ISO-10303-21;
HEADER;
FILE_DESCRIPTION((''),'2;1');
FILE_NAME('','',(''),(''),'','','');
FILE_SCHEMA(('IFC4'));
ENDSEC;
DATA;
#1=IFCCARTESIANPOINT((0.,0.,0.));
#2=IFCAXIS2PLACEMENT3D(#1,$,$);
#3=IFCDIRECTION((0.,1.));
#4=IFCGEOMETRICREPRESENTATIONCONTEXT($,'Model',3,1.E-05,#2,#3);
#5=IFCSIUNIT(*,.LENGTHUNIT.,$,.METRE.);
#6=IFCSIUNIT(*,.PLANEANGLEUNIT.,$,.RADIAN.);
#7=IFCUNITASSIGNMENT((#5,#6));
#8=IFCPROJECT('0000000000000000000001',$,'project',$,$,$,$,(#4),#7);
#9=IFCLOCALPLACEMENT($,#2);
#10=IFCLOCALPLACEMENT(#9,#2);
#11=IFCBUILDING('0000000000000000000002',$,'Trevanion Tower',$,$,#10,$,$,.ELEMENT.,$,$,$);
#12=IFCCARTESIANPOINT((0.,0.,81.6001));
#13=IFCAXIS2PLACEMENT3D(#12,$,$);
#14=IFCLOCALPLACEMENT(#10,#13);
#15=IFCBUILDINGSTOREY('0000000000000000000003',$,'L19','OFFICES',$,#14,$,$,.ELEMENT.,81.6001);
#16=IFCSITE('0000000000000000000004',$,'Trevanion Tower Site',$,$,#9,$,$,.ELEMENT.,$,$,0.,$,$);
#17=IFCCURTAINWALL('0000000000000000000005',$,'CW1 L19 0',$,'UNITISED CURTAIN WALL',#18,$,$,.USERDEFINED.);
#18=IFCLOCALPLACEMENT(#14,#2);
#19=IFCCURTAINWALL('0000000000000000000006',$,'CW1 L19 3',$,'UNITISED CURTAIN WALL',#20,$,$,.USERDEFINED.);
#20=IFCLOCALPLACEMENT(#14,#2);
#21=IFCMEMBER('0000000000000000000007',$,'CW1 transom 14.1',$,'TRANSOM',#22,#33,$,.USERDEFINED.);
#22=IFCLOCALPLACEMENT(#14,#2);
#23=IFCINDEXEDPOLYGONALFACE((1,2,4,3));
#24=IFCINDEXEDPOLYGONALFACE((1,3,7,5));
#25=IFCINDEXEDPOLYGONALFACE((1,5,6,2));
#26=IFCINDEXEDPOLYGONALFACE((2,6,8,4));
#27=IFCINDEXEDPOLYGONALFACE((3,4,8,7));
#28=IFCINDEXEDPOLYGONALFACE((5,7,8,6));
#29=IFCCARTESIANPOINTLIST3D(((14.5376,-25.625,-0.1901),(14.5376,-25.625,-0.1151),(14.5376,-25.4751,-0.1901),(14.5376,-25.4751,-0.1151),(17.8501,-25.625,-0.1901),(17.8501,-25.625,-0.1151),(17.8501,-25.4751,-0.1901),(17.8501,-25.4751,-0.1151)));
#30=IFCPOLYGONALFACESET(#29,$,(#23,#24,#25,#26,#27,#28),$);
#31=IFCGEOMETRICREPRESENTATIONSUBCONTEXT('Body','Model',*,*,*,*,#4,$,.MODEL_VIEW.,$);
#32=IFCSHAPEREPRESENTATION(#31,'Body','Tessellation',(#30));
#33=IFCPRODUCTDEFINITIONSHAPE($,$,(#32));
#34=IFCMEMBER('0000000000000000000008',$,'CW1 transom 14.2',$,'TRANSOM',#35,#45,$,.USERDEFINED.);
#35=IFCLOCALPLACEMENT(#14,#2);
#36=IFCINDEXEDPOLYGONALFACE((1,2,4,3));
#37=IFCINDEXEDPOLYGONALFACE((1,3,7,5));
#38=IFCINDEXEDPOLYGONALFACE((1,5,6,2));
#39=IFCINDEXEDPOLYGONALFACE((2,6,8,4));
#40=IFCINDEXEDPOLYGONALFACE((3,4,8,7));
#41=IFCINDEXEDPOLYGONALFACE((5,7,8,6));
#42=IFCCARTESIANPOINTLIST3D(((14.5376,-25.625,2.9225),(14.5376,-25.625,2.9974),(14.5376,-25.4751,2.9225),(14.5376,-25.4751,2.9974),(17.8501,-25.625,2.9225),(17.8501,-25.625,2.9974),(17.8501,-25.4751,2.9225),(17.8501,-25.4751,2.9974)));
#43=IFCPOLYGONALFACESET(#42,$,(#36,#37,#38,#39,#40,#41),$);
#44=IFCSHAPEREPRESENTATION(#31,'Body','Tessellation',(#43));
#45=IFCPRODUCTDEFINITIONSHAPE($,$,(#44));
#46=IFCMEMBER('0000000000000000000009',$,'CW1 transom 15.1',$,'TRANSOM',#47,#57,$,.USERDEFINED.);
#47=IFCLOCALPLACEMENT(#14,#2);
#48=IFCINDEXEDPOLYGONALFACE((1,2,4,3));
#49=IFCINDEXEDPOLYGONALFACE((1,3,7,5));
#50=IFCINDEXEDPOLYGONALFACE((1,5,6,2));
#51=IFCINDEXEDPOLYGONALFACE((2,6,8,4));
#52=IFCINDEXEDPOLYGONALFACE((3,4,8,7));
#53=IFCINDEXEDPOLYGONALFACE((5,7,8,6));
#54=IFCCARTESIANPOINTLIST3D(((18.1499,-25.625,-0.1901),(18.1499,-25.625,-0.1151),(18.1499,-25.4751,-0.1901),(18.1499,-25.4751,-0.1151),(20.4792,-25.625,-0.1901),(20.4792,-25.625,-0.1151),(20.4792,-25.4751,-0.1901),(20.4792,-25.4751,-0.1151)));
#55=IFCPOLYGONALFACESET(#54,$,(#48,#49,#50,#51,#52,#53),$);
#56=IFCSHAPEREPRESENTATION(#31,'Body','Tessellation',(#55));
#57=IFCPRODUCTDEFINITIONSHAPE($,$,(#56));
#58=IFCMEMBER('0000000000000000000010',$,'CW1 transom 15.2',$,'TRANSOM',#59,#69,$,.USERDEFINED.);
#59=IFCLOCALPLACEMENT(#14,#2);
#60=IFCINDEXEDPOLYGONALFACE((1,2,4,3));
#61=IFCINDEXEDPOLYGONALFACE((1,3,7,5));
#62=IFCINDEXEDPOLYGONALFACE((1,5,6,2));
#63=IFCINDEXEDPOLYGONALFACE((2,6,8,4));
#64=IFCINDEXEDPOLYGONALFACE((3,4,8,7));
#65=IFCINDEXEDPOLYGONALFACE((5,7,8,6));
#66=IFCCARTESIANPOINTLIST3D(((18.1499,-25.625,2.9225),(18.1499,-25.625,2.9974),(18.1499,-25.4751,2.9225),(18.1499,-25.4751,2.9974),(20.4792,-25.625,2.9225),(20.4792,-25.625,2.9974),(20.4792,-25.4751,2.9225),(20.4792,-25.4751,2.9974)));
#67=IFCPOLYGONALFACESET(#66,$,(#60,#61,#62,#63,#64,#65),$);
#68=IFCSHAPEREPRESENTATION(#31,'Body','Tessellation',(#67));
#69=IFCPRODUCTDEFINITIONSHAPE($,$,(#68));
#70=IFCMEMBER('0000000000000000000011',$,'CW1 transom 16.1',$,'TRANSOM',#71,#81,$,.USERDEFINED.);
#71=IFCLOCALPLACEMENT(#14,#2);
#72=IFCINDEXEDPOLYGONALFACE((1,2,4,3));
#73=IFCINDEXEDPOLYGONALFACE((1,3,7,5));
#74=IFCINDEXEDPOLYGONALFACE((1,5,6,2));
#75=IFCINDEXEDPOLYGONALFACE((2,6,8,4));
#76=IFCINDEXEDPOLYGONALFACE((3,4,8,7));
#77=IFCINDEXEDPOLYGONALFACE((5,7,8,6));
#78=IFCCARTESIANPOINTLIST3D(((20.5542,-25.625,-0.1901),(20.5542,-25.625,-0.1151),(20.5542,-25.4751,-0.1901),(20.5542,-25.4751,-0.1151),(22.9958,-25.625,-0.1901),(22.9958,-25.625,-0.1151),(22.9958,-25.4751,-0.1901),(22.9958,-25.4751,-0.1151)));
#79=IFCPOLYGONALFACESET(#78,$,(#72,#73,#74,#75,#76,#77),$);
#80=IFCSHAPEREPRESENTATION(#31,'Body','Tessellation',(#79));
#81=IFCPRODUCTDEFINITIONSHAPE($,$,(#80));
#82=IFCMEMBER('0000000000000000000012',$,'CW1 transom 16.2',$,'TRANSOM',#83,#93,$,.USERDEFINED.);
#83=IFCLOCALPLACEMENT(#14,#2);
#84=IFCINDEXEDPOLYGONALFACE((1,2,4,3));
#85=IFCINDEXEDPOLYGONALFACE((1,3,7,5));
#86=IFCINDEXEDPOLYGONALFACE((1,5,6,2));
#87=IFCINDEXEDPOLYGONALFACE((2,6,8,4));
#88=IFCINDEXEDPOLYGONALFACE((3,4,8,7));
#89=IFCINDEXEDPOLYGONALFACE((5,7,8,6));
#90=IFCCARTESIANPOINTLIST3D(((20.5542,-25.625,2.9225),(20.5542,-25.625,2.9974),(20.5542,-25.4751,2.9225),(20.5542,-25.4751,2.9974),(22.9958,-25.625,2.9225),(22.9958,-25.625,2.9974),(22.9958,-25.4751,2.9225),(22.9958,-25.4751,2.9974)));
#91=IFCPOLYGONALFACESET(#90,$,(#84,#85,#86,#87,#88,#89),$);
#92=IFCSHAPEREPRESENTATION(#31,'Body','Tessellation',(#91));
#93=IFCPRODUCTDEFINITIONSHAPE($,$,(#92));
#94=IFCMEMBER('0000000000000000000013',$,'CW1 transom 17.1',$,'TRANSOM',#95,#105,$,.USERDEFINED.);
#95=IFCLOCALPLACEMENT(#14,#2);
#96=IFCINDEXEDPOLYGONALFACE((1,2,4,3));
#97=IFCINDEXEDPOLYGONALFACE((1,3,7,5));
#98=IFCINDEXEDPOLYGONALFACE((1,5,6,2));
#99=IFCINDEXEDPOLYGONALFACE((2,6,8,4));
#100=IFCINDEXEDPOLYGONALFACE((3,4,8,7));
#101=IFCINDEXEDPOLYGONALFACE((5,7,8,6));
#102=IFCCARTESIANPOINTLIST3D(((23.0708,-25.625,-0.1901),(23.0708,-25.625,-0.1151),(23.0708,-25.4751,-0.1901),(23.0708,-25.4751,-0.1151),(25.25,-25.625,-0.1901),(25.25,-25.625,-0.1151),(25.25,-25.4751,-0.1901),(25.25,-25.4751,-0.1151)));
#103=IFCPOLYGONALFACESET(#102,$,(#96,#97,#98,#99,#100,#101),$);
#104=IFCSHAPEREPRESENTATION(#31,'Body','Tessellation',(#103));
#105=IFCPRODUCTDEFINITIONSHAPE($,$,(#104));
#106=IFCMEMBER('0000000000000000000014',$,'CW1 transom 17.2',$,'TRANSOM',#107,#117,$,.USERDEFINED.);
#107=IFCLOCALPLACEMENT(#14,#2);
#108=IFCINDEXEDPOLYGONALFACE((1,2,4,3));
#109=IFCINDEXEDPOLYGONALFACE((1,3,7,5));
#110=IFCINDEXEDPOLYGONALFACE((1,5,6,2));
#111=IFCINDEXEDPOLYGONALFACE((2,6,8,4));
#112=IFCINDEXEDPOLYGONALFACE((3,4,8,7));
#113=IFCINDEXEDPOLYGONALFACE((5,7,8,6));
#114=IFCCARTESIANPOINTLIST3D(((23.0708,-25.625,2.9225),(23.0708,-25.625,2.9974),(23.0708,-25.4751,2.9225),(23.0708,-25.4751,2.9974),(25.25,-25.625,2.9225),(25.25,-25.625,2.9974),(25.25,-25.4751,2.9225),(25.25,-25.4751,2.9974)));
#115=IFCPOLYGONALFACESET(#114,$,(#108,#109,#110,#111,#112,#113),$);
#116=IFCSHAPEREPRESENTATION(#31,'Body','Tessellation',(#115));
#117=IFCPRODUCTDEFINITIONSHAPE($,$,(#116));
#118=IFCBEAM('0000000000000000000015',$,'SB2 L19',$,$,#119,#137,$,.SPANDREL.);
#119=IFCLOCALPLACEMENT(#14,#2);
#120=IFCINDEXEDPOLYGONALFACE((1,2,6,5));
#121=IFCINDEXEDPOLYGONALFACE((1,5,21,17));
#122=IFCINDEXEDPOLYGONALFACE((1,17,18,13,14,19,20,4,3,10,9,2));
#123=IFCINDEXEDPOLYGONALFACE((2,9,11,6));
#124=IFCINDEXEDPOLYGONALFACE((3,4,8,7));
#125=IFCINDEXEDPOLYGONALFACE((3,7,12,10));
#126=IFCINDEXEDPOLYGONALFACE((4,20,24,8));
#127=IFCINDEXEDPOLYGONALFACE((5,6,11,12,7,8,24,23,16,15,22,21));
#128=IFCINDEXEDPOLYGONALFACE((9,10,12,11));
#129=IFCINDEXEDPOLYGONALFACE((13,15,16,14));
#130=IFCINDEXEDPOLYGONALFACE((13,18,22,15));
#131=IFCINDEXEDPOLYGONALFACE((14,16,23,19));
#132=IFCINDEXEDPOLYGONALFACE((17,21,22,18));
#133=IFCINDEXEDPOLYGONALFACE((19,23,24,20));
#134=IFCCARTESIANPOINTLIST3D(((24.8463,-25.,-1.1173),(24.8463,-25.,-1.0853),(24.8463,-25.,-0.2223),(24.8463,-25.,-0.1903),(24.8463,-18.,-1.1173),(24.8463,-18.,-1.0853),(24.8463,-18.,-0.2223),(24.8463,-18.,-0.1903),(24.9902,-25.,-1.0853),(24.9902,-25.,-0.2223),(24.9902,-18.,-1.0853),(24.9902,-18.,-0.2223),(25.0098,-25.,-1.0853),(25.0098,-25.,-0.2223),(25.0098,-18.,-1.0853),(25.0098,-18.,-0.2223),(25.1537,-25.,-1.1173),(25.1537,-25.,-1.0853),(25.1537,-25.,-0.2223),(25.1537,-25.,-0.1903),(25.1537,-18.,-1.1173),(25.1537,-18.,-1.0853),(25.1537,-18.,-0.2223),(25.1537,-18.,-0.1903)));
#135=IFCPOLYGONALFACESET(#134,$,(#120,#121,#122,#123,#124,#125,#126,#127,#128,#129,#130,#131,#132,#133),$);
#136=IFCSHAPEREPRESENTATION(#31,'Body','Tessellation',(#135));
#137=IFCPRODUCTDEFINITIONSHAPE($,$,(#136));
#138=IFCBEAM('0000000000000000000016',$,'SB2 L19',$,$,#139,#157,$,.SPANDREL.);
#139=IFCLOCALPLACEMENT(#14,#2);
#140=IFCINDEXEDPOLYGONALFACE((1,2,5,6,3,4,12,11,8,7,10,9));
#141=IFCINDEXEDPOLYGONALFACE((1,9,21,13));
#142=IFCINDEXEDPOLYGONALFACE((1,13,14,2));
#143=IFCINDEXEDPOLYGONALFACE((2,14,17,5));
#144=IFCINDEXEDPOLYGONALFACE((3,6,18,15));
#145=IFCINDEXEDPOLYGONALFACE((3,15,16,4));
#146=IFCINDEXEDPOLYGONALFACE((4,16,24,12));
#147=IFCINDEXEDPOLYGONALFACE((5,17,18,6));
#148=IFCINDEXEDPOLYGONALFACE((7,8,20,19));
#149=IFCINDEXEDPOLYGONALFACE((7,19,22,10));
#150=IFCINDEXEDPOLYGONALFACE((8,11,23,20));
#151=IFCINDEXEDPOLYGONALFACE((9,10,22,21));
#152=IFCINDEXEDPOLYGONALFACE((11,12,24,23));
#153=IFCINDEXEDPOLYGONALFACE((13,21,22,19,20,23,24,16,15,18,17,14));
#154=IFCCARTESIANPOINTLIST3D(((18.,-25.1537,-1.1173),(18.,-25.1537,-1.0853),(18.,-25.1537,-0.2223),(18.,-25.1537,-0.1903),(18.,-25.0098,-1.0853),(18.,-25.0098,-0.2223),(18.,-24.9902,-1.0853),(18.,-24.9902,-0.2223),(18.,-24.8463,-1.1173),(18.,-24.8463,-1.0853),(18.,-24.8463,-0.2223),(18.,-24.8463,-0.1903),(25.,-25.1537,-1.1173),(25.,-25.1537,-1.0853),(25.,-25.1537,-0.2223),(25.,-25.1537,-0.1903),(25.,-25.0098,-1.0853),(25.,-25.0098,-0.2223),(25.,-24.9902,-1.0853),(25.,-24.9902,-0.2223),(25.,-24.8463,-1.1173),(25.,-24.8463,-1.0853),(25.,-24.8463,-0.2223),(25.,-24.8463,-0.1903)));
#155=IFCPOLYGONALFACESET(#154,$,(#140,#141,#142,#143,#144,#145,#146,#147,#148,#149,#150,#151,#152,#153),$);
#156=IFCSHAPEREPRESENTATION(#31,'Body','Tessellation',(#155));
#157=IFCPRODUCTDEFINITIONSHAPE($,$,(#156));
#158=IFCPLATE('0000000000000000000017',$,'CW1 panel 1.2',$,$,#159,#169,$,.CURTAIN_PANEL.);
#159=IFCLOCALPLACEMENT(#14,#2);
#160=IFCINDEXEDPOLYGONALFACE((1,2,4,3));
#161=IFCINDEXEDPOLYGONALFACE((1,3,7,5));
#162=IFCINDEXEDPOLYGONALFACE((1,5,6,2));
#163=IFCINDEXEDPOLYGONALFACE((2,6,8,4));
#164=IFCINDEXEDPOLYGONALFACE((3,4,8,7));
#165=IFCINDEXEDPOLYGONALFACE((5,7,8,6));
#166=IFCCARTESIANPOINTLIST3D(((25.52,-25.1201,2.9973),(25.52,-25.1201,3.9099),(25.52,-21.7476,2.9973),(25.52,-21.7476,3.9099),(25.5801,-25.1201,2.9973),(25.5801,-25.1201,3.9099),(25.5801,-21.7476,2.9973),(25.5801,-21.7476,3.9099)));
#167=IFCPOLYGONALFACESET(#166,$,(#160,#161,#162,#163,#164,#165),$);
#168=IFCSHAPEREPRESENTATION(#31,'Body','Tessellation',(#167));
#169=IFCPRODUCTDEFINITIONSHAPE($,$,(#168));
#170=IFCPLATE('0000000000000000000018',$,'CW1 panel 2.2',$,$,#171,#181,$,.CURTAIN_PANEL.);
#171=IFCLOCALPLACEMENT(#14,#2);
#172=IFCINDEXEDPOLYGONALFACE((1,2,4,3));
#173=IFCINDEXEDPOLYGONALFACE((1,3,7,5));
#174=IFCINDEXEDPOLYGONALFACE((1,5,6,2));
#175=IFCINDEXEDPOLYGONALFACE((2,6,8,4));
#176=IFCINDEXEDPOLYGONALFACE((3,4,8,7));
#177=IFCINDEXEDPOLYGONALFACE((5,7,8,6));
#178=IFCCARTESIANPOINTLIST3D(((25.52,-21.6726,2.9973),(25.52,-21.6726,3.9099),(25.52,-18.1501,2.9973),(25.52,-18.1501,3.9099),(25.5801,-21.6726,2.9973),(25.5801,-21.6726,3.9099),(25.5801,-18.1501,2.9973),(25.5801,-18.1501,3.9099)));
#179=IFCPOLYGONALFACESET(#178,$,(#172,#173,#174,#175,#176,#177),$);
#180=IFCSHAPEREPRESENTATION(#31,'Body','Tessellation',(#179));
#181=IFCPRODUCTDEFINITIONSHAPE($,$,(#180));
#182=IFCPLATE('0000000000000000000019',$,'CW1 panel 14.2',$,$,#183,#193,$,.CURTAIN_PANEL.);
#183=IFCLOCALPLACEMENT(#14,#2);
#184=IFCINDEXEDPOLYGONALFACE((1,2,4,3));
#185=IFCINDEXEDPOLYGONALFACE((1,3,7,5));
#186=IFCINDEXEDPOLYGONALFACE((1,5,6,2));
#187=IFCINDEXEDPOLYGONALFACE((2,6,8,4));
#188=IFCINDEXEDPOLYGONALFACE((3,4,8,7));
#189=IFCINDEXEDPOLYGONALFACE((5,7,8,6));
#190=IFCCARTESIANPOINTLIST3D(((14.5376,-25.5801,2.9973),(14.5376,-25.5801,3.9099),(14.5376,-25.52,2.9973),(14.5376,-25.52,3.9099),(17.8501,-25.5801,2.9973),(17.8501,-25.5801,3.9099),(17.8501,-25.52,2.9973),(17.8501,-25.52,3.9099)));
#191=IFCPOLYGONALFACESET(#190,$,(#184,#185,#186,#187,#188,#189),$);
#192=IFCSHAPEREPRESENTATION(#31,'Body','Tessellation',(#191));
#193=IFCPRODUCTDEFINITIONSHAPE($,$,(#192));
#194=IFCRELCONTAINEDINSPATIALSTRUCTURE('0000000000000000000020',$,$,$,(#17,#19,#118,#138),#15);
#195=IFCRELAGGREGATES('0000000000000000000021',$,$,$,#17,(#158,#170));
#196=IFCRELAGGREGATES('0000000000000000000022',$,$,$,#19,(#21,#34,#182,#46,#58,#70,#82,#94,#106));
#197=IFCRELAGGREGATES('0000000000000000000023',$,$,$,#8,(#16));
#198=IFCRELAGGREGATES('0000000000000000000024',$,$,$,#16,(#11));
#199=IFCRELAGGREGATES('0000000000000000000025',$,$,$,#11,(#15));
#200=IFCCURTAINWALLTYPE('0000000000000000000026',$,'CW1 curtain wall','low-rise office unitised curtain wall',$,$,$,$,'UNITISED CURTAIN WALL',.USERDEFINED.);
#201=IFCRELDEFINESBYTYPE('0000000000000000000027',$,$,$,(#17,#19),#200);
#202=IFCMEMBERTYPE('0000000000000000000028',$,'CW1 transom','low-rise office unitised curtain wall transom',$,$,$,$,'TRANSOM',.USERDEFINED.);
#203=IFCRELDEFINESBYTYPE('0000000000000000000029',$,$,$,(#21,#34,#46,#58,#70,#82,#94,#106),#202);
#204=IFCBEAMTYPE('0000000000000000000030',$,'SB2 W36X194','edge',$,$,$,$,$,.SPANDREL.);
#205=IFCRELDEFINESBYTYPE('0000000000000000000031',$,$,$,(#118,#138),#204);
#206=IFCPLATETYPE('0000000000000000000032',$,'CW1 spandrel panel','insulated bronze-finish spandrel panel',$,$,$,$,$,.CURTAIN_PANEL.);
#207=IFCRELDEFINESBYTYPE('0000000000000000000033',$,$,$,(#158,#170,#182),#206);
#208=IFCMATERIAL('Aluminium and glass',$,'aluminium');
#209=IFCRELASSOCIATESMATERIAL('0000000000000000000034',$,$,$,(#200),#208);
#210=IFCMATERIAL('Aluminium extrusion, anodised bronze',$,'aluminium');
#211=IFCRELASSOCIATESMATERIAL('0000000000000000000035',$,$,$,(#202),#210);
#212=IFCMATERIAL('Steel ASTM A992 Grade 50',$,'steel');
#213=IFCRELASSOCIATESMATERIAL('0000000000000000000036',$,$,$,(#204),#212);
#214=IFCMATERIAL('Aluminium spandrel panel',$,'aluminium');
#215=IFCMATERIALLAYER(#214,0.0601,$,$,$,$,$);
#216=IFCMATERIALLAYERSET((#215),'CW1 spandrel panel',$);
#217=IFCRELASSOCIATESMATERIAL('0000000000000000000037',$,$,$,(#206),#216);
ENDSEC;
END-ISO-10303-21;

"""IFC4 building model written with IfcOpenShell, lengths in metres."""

from ifc_helpers import new_model, si_unit, direction, frame, origin, origin_2d, place, context, subcontext, project, spatial, rectangle, i_section, extrude, material, layer, layer_set, material_profile, profile_set, type_object, element, aggregate, save


model = new_model("IFC4")

# Units and contexts
model_context = context("Model", 3, precision=1e-05, world=origin(), true_north=direction((0.0, 1.0)))
body_context = subcontext(model_context, "Body", "Model", "MODEL_VIEW")
ifc_project = project(units=[si_unit("LENGTHUNIT", "METRE"), si_unit("PLANEANGLEUNIT", "RADIAN")], contexts=[model_context])

# Site, building, storey
site_placement = place(None, origin())
site = spatial("IfcSite", under=ifc_project, at=site_placement, Name="Trevanion Tower Site", CompositionType="ELEMENT", RefElevation=0.0)
building_placement = place(site_placement, origin())
building = spatial("IfcBuilding", under=site, at=building_placement, Name="Trevanion Tower", CompositionType="ELEMENT")
storey_placement = place(building_placement, frame((0.0, 0.0, 81.6001)))
storey = spatial("IfcBuildingStorey", under=building, at=storey_placement, Name="L19", Description="OFFICES", CompositionType="ELEMENT", Elevation=81.6001)

# Curtain wall
ifc_material_1 = material(Name="Aluminium and glass", Category="aluminium")
curtain_wall_type = type_object("IfcCurtainWallType", Name="CW1 curtain wall", Description="low-rise office unitised curtain wall", ElementType="UNITISED CURTAIN WALL", PredefinedType="USERDEFINED", material=ifc_material_1)
curtain_wall_1_placement = place(storey_placement, origin())
curtain_wall_1 = element("IfcCurtainWall", 1, at=curtain_wall_1_placement, inside=storey, type_object=curtain_wall_type, Name="CW1 L19 0", ObjectType="UNITISED CURTAIN WALL", PredefinedType="USERDEFINED")

# Curtain wall
curtain_wall_2_placement = place(storey_placement, origin())
curtain_wall_2 = element("IfcCurtainWall", 2, at=curtain_wall_2_placement, inside=storey, type_object=curtain_wall_type, Name="CW1 L19 3", ObjectType="UNITISED CURTAIN WALL", PredefinedType="USERDEFINED")

# Members
ifc_material_2 = material(Name="Aluminium extrusion, anodised bronze", Category="aluminium")
ifc_material_profile_1 = material_profile(ifc_material_2, rectangle(XDim=0.1499, YDim=0.075, at=origin_2d()), Name="CW1 transom")
ifc_profile_set_1 = profile_set([ifc_material_profile_1], Name="Aluminium extrusion, anodised bronze")
member_type_1 = type_object("IfcMemberType", Name="CW1 transom", Description="low-rise office unitised curtain wall transom", ElementType="TRANSOM", PredefinedType="USERDEFINED", material=ifc_profile_set_1)
member_1_placement = place(storey_placement, frame((14.5376, -25.55, -0.1526), z_axis=(1.0, 0.0, 0.0), x_axis=(0.0, 1.0, 0.0)))
member_1 = element("IfcMember", 3, at=member_1_placement, type_object=member_type_1, Name="CW1 transom 14.1", ObjectType="TRANSOM", PredefinedType="USERDEFINED", context=body_context, shape_type="SweptSolid", body=[
    extrude(rectangle(XDim=0.1499, YDim=0.075, at=origin_2d()), origin(), (0.0, 0.0, 1.0), 3.3125),
])
member_2_placement = place(storey_placement, frame((14.5376, -25.55, 2.96), z_axis=(1.0, 0.0, 0.0), x_axis=(0.0, 1.0, 0.0)))
member_2 = element("IfcMember", 4, at=member_2_placement, type_object=member_type_1, Name="CW1 transom 14.2", ObjectType="TRANSOM", PredefinedType="USERDEFINED", context=body_context, shape_type="SweptSolid", body=[
    extrude(rectangle(XDim=0.1499, YDim=0.075, at=origin_2d()), origin(), (0.0, 0.0, 1.0), 3.3125),
])
member_3_placement = place(storey_placement, frame((18.1499, -25.55, -0.1526), z_axis=(1.0, 0.0, 0.0), x_axis=(0.0, 1.0, 0.0)))
member_3 = element("IfcMember", 5, at=member_3_placement, type_object=member_type_1, Name="CW1 transom 15.1", ObjectType="TRANSOM", PredefinedType="USERDEFINED", context=body_context, shape_type="SweptSolid", body=[
    extrude(rectangle(XDim=0.1499, YDim=0.075, at=origin_2d()), origin(), (0.0, 0.0, 1.0), 2.3293),
])
member_4_placement = place(storey_placement, frame((18.1499, -25.55, 2.96), z_axis=(1.0, 0.0, 0.0), x_axis=(0.0, 1.0, 0.0)))
member_4 = element("IfcMember", 6, at=member_4_placement, type_object=member_type_1, Name="CW1 transom 15.2", ObjectType="TRANSOM", PredefinedType="USERDEFINED", context=body_context, shape_type="SweptSolid", body=[
    extrude(rectangle(XDim=0.1499, YDim=0.075, at=origin_2d()), origin(), (0.0, 0.0, 1.0), 2.3293),
])
member_5_placement = place(storey_placement, frame((20.5542, -25.55, -0.1526), z_axis=(1.0, 0.0, 0.0), x_axis=(0.0, 1.0, 0.0)))
member_5 = element("IfcMember", 7, at=member_5_placement, type_object=member_type_1, Name="CW1 transom 16.1", ObjectType="TRANSOM", PredefinedType="USERDEFINED", context=body_context, shape_type="SweptSolid", body=[
    extrude(rectangle(XDim=0.1499, YDim=0.075, at=origin_2d()), origin(), (0.0, 0.0, 1.0), 2.4417),
])
member_6_placement = place(storey_placement, frame((20.5542, -25.55, 2.96), z_axis=(1.0, 0.0, 0.0), x_axis=(0.0, 1.0, 0.0)))
member_6 = element("IfcMember", 8, at=member_6_placement, type_object=member_type_1, Name="CW1 transom 16.2", ObjectType="TRANSOM", PredefinedType="USERDEFINED", context=body_context, shape_type="SweptSolid", body=[
    extrude(rectangle(XDim=0.1499, YDim=0.075, at=origin_2d()), origin(), (0.0, 0.0, 1.0), 2.4417),
])
member_7_placement = place(storey_placement, frame((23.0708, -25.55, -0.1526), z_axis=(1.0, 0.0, 0.0), x_axis=(0.0, 1.0, 0.0)))
member_7 = element("IfcMember", 9, at=member_7_placement, type_object=member_type_1, Name="CW1 transom 17.1", ObjectType="TRANSOM", PredefinedType="USERDEFINED", context=body_context, shape_type="SweptSolid", body=[
    extrude(rectangle(XDim=0.1499, YDim=0.075, at=origin_2d()), origin(), (0.0, 0.0, 1.0), 2.1792),
])
member_8_placement = place(storey_placement, frame((23.0708, -25.55, 2.96), z_axis=(1.0, 0.0, 0.0), x_axis=(0.0, 1.0, 0.0)))
member_8 = element("IfcMember", 10, at=member_8_placement, type_object=member_type_1, Name="CW1 transom 17.2", ObjectType="TRANSOM", PredefinedType="USERDEFINED", context=body_context, shape_type="SweptSolid", body=[
    extrude(rectangle(XDim=0.1499, YDim=0.075, at=origin_2d()), origin(), (0.0, 0.0, 1.0), 2.1792),
])

# Beams
ifc_material_3 = material(Name="Steel ASTM A992 Grade 50", Category="steel")
ifc_material_profile_2 = material_profile(ifc_material_3, i_section(OverallWidth=0.3074, OverallDepth=0.927, WebThickness=0.0195, FlangeThickness=0.032, at=origin_2d()), Name="W36X194")
ifc_profile_set_2 = profile_set([ifc_material_profile_2], Name="Steel ASTM A992 Grade 50")
beam_type = type_object("IfcBeamType", Name="SB2 W36X194", Description="edge", PredefinedType="SPANDREL", material=ifc_profile_set_2)
for number, where, z_axis, x_axis, name in (
    (11, (25.0, -25.0, -0.6538), (0.0, 1.0, 0.0), (-1.0, 0.0, 0.0), "SB2 L19"),
    (12, (18.0, -25.0, -0.6538), (1.0, 0.0, 0.0), (0.0, 1.0, 0.0), "SB2 L19"),
):
    element("IfcBeam", number, at=place(storey_placement, frame(where, z_axis=z_axis, x_axis=x_axis)), inside=storey, type_object=beam_type, Name=name, PredefinedType="SPANDREL", context=body_context, shape_type="SweptSolid", body=[
        extrude(i_section(OverallWidth=0.3074, OverallDepth=0.927, WebThickness=0.0195, FlangeThickness=0.032, at=origin_2d()), origin(), (0.0, 0.0, 1.0), 7.0),
    ])

# Plates
ifc_material_4 = material(Name="Aluminium spandrel panel", Category="aluminium")
ifc_layer_1 = layer(ifc_material_4, 0.0601)
ifc_layer_set_1 = layer_set([ifc_layer_1], Name="CW1 spandrel panel")
plate_type_1 = type_object("IfcPlateType", Name="CW1 spandrel panel", Description="insulated bronze-finish spandrel panel", PredefinedType="CURTAIN_PANEL", material=ifc_layer_set_1)
plate_1_placement = place(storey_placement, frame((25.55, -23.4338, 2.9973), z_axis=(0.0, 0.0, 1.0), x_axis=(0.0, 1.0, 0.0)))
plate_1 = element("IfcPlate", 13, at=plate_1_placement, type_object=plate_type_1, Name="CW1 panel 1.2", PredefinedType="CURTAIN_PANEL", context=body_context, shape_type="SweptSolid", body=[
    extrude(rectangle(XDim=3.3726, YDim=0.0601, at=origin_2d()), origin(), (0.0, 0.0, 1.0), 0.9126),
])
plate_2_placement = place(storey_placement, frame((25.55, -19.9114, 2.9973), z_axis=(0.0, 0.0, 1.0), x_axis=(0.0, 1.0, 0.0)))
plate_2 = element("IfcPlate", 14, at=plate_2_placement, type_object=plate_type_1, Name="CW1 panel 2.2", PredefinedType="CURTAIN_PANEL", context=body_context, shape_type="SweptSolid", body=[
    extrude(rectangle(XDim=3.5225, YDim=0.0601, at=origin_2d()), origin(), (0.0, 0.0, 1.0), 0.9126),
])
plate_3_placement = place(storey_placement, frame((16.1938, -25.55, 2.9973), z_axis=(0.0, 0.0, 1.0), x_axis=(1.0, 0.0, 0.0)))
plate_3 = element("IfcPlate", 15, at=plate_3_placement, type_object=plate_type_1, Name="CW1 panel 14.2", PredefinedType="CURTAIN_PANEL", context=body_context, shape_type="SweptSolid", body=[
    extrude(rectangle(XDim=3.3125, YDim=0.0601, at=origin_2d()), origin(), (0.0, 0.0, 1.0), 0.9126),
])
aggregate(curtain_wall_1, [plate_1, plate_2])
aggregate(curtain_wall_2, [member_1, member_2, plate_3, member_3, member_4, member_5, member_6, member_7, member_8])

save(model, "model.ifc")
